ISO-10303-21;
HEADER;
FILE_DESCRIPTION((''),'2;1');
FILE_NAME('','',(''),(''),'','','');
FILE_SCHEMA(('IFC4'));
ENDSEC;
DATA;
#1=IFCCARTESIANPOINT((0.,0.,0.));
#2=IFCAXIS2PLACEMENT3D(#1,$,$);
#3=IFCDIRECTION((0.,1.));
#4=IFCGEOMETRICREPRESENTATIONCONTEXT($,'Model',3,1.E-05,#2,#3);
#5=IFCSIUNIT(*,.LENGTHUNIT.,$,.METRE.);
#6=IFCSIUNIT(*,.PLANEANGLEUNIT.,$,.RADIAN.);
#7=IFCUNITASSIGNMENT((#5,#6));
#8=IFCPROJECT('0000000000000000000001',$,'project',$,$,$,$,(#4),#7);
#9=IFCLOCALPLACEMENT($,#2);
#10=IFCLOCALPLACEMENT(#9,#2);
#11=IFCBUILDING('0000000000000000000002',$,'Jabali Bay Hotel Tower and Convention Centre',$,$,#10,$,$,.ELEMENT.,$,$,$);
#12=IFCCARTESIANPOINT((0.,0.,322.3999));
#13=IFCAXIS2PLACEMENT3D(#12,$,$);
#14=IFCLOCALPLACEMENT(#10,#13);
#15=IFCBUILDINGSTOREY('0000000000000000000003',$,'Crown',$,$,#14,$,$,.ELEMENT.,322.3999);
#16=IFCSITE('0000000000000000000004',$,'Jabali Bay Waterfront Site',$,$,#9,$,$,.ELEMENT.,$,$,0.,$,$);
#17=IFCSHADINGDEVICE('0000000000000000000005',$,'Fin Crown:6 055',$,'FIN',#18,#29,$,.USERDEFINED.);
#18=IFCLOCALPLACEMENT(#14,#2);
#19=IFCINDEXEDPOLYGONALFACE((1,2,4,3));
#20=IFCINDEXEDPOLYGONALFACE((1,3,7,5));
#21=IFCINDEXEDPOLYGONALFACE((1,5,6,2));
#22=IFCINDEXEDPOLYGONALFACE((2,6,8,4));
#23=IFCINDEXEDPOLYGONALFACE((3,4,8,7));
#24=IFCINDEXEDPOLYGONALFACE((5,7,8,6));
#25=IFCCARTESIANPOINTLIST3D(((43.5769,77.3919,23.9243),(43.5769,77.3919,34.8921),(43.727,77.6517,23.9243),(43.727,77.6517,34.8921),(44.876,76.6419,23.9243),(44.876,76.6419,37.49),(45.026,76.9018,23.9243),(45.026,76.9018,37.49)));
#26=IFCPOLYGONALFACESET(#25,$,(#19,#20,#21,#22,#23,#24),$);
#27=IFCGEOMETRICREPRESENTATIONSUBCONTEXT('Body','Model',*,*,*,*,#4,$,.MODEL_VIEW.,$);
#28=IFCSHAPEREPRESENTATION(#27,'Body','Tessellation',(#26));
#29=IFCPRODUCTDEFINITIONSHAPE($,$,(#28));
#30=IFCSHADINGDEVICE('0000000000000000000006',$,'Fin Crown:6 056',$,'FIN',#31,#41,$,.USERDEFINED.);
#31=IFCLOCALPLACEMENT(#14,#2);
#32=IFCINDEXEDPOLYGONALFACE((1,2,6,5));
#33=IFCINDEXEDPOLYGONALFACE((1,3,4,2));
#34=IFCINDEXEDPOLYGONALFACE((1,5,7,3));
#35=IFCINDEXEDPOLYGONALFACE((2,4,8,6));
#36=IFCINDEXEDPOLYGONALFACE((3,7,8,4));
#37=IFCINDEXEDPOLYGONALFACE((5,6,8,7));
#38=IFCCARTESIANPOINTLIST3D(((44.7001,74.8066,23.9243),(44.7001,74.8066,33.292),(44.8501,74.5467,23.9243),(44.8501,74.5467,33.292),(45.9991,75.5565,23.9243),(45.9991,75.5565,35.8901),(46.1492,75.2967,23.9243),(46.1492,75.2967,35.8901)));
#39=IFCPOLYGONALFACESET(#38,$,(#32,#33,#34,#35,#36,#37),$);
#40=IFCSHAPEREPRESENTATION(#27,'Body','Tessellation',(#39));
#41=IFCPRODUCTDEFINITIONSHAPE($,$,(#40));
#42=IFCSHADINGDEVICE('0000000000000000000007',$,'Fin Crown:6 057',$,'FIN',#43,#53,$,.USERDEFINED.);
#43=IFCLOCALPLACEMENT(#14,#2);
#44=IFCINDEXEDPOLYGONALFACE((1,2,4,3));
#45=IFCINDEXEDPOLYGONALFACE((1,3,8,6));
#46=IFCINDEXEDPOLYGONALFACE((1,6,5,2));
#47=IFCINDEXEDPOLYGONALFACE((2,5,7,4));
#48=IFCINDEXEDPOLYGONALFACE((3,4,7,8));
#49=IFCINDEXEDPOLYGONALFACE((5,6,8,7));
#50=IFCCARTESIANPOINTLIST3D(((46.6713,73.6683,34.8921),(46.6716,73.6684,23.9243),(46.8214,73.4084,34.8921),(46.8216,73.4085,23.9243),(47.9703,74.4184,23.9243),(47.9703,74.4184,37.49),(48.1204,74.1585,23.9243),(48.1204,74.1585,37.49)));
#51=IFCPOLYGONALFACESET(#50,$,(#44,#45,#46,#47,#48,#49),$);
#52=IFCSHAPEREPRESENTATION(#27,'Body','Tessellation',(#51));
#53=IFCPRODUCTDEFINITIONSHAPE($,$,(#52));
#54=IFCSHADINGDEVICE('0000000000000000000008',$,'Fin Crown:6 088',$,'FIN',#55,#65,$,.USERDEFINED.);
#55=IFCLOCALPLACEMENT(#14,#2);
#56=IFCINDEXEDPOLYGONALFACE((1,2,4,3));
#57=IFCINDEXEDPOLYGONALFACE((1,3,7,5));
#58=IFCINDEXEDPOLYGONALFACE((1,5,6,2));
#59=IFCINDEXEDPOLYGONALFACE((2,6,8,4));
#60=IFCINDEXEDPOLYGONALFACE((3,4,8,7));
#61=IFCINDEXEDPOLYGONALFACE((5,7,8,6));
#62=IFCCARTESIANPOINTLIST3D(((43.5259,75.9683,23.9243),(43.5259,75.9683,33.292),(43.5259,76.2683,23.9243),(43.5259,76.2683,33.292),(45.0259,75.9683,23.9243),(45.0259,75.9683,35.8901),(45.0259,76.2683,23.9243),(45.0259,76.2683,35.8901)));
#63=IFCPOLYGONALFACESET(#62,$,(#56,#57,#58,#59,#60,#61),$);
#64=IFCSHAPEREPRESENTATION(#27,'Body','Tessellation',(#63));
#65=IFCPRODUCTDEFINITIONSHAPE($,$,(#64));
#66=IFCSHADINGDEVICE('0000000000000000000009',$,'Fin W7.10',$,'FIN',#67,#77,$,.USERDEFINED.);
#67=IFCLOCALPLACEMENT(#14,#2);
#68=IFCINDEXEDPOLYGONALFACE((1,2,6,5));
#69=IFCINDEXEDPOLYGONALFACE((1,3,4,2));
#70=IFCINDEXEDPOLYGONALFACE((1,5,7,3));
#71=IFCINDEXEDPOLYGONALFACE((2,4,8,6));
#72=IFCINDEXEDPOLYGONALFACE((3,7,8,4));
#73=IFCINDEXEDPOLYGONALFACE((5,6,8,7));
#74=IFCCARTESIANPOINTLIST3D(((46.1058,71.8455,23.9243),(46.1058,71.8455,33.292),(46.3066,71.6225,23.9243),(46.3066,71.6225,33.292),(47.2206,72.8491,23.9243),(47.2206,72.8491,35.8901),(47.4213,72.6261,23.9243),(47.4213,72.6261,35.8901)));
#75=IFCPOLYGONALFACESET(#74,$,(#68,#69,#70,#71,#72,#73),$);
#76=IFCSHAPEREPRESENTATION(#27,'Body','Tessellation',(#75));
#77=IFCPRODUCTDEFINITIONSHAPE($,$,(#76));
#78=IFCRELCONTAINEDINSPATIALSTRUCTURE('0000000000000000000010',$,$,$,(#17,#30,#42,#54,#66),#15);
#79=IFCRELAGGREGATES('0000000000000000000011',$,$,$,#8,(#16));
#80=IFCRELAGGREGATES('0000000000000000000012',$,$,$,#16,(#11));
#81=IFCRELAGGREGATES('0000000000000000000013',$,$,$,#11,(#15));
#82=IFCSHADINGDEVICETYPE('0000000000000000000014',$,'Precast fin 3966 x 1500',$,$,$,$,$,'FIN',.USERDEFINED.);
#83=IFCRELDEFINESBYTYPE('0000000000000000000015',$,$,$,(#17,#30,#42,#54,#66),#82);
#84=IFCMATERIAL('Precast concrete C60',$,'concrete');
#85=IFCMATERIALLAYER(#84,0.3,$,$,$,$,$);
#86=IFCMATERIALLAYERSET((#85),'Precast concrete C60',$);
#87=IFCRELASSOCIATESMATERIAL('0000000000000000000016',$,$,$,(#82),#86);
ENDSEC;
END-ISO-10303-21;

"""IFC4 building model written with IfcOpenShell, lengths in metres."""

from ifc_helpers import new_model, si_unit, direction, frame, origin, place, context, subcontext, project, spatial, polyline, outline, extrude, material, layer, layer_set, type_object, element, save


model = new_model("IFC4")

# Units and contexts
model_context = context("Model", 3, precision=1e-05, world=origin(), true_north=direction((0.0, 1.0)))
body_context = subcontext(model_context, "Body", "Model", "MODEL_VIEW")
ifc_project = project(units=[si_unit("LENGTHUNIT", "METRE"), si_unit("PLANEANGLEUNIT", "RADIAN")], contexts=[model_context])

# Site, building, storey
site_placement = place(None, origin())
site = spatial("IfcSite", under=ifc_project, at=site_placement, Name="Jabali Bay Waterfront Site", CompositionType="ELEMENT", RefElevation=0.0)
building_placement = place(site_placement, origin())
building = spatial("IfcBuilding", under=site, at=building_placement, Name="Jabali Bay Hotel Tower and Convention Centre", CompositionType="ELEMENT")
storey_placement = place(building_placement, frame((0.0, 0.0, 322.3999)))
storey = spatial("IfcBuildingStorey", under=building, at=storey_placement, Name="Crown", CompositionType="ELEMENT", Elevation=322.3999)

# Shading devices
ifc_material_1 = material(Name="Precast concrete C60", Category="concrete")
ifc_layer_1 = layer(ifc_material_1, 0.3)
ifc_layer_set_1 = layer_set([ifc_layer_1], Name="Precast concrete C60")
shading_device_type = type_object("IfcShadingDeviceType", Name="Precast fin 3966 x 1500", ElementType="FIN", PredefinedType="USERDEFINED", material=ifc_layer_set_1)
shading_device_1_placement = place(storey_placement, frame((44.9509, 76.7717, 23.9243), z_axis=(0.0, 0.0, 1.0), x_axis=(-0.866031, 0.49999, 0.0)))
element("IfcShadingDevice", 1, at=shading_device_1_placement, inside=storey, type_object=shading_device_type, Name="Fin Crown:6 055", ObjectType="FIN", PredefinedType="USERDEFINED", context=body_context, shape_type="SweptSolid", body=[
    extrude(outline(polyline([(0.0, 0.0), (1.5, 0.0), (1.5, 10.9678), (0.0, 13.5657), (0.0, 0.0)])), frame((0.0, 0.1499, 0.0), z_axis=(0.0, -1.0, 0.0), x_axis=(1.0, 0.0, 0.0)), (0.0, 0.0, 1.0), 0.3),
])
shading_device_2_placement = place(storey_placement, frame((46.0742, 75.4265, 23.9243), z_axis=(0.0, 0.0, 1.0), x_axis=(-0.866031, -0.49999, 0.0)))
element("IfcShadingDevice", 2, at=shading_device_2_placement, inside=storey, type_object=shading_device_type, Name="Fin Crown:6 056", ObjectType="FIN", PredefinedType="USERDEFINED", context=body_context, shape_type="SweptSolid", body=[
    extrude(outline(polyline([(0.0, 0.0), (1.5, 0.0), (1.5, 9.3677), (0.0, 11.9658), (0.0, 0.0)])), frame((0.0, 0.1499, 0.0), z_axis=(0.0, -1.0, 0.0), x_axis=(1.0, 0.0, 0.0)), (0.0, 0.0, 1.0), 0.3),
])
shading_device_3_placement = place(storey_placement, frame((48.0454, 74.2883, 23.9243), z_axis=(0.0, 0.0, 1.0), x_axis=(-0.86599, -0.500061, 0.0)))
element("IfcShadingDevice", 3, at=shading_device_3_placement, inside=storey, type_object=shading_device_type, Name="Fin Crown:6 057", ObjectType="FIN", PredefinedType="USERDEFINED", context=body_context, shape_type="SweptSolid", body=[
    extrude(outline(polyline([(0.0, 0.0), (1.4998, 0.0), (1.5, 10.9678), (0.0, 13.5657), (0.0, 0.0)])), frame((0.0, 0.1499, 0.0), z_axis=(0.0, -1.0, 0.0), x_axis=(1.0, 0.0, 0.0)), (0.0, 0.0, 1.0), 0.3),
])
for number, where, z_axis, x_axis, name in (
    (4, (45.0259, 76.1182, 23.9243), (0.0, 0.0, 1.0), (-1.0, 0.0, 0.0), "Fin Crown:6 088"),
    (5, (47.321, 72.7375, 23.9243), (0.0, 0.0, 1.0), (-0.743165, -0.669109, 0.0), "Fin W7.10"),
):
    element("IfcShadingDevice", number, at=place(storey_placement, frame(where, z_axis=z_axis, x_axis=x_axis)), inside=storey, type_object=shading_device_type, Name=name, ObjectType="FIN", PredefinedType="USERDEFINED", context=body_context, shape_type="SweptSolid", body=[
        extrude(outline(polyline([(0.0, 0.0), (1.5, 0.0), (1.5, 9.3677), (0.0, 11.9658), (0.0, 0.0)])), frame((0.0, 0.1499, 0.0), z_axis=(0.0, -1.0, 0.0), x_axis=(1.0, 0.0, 0.0)), (0.0, 0.0, 1.0), 0.3),
    ])

save(model, "model.ifc")
